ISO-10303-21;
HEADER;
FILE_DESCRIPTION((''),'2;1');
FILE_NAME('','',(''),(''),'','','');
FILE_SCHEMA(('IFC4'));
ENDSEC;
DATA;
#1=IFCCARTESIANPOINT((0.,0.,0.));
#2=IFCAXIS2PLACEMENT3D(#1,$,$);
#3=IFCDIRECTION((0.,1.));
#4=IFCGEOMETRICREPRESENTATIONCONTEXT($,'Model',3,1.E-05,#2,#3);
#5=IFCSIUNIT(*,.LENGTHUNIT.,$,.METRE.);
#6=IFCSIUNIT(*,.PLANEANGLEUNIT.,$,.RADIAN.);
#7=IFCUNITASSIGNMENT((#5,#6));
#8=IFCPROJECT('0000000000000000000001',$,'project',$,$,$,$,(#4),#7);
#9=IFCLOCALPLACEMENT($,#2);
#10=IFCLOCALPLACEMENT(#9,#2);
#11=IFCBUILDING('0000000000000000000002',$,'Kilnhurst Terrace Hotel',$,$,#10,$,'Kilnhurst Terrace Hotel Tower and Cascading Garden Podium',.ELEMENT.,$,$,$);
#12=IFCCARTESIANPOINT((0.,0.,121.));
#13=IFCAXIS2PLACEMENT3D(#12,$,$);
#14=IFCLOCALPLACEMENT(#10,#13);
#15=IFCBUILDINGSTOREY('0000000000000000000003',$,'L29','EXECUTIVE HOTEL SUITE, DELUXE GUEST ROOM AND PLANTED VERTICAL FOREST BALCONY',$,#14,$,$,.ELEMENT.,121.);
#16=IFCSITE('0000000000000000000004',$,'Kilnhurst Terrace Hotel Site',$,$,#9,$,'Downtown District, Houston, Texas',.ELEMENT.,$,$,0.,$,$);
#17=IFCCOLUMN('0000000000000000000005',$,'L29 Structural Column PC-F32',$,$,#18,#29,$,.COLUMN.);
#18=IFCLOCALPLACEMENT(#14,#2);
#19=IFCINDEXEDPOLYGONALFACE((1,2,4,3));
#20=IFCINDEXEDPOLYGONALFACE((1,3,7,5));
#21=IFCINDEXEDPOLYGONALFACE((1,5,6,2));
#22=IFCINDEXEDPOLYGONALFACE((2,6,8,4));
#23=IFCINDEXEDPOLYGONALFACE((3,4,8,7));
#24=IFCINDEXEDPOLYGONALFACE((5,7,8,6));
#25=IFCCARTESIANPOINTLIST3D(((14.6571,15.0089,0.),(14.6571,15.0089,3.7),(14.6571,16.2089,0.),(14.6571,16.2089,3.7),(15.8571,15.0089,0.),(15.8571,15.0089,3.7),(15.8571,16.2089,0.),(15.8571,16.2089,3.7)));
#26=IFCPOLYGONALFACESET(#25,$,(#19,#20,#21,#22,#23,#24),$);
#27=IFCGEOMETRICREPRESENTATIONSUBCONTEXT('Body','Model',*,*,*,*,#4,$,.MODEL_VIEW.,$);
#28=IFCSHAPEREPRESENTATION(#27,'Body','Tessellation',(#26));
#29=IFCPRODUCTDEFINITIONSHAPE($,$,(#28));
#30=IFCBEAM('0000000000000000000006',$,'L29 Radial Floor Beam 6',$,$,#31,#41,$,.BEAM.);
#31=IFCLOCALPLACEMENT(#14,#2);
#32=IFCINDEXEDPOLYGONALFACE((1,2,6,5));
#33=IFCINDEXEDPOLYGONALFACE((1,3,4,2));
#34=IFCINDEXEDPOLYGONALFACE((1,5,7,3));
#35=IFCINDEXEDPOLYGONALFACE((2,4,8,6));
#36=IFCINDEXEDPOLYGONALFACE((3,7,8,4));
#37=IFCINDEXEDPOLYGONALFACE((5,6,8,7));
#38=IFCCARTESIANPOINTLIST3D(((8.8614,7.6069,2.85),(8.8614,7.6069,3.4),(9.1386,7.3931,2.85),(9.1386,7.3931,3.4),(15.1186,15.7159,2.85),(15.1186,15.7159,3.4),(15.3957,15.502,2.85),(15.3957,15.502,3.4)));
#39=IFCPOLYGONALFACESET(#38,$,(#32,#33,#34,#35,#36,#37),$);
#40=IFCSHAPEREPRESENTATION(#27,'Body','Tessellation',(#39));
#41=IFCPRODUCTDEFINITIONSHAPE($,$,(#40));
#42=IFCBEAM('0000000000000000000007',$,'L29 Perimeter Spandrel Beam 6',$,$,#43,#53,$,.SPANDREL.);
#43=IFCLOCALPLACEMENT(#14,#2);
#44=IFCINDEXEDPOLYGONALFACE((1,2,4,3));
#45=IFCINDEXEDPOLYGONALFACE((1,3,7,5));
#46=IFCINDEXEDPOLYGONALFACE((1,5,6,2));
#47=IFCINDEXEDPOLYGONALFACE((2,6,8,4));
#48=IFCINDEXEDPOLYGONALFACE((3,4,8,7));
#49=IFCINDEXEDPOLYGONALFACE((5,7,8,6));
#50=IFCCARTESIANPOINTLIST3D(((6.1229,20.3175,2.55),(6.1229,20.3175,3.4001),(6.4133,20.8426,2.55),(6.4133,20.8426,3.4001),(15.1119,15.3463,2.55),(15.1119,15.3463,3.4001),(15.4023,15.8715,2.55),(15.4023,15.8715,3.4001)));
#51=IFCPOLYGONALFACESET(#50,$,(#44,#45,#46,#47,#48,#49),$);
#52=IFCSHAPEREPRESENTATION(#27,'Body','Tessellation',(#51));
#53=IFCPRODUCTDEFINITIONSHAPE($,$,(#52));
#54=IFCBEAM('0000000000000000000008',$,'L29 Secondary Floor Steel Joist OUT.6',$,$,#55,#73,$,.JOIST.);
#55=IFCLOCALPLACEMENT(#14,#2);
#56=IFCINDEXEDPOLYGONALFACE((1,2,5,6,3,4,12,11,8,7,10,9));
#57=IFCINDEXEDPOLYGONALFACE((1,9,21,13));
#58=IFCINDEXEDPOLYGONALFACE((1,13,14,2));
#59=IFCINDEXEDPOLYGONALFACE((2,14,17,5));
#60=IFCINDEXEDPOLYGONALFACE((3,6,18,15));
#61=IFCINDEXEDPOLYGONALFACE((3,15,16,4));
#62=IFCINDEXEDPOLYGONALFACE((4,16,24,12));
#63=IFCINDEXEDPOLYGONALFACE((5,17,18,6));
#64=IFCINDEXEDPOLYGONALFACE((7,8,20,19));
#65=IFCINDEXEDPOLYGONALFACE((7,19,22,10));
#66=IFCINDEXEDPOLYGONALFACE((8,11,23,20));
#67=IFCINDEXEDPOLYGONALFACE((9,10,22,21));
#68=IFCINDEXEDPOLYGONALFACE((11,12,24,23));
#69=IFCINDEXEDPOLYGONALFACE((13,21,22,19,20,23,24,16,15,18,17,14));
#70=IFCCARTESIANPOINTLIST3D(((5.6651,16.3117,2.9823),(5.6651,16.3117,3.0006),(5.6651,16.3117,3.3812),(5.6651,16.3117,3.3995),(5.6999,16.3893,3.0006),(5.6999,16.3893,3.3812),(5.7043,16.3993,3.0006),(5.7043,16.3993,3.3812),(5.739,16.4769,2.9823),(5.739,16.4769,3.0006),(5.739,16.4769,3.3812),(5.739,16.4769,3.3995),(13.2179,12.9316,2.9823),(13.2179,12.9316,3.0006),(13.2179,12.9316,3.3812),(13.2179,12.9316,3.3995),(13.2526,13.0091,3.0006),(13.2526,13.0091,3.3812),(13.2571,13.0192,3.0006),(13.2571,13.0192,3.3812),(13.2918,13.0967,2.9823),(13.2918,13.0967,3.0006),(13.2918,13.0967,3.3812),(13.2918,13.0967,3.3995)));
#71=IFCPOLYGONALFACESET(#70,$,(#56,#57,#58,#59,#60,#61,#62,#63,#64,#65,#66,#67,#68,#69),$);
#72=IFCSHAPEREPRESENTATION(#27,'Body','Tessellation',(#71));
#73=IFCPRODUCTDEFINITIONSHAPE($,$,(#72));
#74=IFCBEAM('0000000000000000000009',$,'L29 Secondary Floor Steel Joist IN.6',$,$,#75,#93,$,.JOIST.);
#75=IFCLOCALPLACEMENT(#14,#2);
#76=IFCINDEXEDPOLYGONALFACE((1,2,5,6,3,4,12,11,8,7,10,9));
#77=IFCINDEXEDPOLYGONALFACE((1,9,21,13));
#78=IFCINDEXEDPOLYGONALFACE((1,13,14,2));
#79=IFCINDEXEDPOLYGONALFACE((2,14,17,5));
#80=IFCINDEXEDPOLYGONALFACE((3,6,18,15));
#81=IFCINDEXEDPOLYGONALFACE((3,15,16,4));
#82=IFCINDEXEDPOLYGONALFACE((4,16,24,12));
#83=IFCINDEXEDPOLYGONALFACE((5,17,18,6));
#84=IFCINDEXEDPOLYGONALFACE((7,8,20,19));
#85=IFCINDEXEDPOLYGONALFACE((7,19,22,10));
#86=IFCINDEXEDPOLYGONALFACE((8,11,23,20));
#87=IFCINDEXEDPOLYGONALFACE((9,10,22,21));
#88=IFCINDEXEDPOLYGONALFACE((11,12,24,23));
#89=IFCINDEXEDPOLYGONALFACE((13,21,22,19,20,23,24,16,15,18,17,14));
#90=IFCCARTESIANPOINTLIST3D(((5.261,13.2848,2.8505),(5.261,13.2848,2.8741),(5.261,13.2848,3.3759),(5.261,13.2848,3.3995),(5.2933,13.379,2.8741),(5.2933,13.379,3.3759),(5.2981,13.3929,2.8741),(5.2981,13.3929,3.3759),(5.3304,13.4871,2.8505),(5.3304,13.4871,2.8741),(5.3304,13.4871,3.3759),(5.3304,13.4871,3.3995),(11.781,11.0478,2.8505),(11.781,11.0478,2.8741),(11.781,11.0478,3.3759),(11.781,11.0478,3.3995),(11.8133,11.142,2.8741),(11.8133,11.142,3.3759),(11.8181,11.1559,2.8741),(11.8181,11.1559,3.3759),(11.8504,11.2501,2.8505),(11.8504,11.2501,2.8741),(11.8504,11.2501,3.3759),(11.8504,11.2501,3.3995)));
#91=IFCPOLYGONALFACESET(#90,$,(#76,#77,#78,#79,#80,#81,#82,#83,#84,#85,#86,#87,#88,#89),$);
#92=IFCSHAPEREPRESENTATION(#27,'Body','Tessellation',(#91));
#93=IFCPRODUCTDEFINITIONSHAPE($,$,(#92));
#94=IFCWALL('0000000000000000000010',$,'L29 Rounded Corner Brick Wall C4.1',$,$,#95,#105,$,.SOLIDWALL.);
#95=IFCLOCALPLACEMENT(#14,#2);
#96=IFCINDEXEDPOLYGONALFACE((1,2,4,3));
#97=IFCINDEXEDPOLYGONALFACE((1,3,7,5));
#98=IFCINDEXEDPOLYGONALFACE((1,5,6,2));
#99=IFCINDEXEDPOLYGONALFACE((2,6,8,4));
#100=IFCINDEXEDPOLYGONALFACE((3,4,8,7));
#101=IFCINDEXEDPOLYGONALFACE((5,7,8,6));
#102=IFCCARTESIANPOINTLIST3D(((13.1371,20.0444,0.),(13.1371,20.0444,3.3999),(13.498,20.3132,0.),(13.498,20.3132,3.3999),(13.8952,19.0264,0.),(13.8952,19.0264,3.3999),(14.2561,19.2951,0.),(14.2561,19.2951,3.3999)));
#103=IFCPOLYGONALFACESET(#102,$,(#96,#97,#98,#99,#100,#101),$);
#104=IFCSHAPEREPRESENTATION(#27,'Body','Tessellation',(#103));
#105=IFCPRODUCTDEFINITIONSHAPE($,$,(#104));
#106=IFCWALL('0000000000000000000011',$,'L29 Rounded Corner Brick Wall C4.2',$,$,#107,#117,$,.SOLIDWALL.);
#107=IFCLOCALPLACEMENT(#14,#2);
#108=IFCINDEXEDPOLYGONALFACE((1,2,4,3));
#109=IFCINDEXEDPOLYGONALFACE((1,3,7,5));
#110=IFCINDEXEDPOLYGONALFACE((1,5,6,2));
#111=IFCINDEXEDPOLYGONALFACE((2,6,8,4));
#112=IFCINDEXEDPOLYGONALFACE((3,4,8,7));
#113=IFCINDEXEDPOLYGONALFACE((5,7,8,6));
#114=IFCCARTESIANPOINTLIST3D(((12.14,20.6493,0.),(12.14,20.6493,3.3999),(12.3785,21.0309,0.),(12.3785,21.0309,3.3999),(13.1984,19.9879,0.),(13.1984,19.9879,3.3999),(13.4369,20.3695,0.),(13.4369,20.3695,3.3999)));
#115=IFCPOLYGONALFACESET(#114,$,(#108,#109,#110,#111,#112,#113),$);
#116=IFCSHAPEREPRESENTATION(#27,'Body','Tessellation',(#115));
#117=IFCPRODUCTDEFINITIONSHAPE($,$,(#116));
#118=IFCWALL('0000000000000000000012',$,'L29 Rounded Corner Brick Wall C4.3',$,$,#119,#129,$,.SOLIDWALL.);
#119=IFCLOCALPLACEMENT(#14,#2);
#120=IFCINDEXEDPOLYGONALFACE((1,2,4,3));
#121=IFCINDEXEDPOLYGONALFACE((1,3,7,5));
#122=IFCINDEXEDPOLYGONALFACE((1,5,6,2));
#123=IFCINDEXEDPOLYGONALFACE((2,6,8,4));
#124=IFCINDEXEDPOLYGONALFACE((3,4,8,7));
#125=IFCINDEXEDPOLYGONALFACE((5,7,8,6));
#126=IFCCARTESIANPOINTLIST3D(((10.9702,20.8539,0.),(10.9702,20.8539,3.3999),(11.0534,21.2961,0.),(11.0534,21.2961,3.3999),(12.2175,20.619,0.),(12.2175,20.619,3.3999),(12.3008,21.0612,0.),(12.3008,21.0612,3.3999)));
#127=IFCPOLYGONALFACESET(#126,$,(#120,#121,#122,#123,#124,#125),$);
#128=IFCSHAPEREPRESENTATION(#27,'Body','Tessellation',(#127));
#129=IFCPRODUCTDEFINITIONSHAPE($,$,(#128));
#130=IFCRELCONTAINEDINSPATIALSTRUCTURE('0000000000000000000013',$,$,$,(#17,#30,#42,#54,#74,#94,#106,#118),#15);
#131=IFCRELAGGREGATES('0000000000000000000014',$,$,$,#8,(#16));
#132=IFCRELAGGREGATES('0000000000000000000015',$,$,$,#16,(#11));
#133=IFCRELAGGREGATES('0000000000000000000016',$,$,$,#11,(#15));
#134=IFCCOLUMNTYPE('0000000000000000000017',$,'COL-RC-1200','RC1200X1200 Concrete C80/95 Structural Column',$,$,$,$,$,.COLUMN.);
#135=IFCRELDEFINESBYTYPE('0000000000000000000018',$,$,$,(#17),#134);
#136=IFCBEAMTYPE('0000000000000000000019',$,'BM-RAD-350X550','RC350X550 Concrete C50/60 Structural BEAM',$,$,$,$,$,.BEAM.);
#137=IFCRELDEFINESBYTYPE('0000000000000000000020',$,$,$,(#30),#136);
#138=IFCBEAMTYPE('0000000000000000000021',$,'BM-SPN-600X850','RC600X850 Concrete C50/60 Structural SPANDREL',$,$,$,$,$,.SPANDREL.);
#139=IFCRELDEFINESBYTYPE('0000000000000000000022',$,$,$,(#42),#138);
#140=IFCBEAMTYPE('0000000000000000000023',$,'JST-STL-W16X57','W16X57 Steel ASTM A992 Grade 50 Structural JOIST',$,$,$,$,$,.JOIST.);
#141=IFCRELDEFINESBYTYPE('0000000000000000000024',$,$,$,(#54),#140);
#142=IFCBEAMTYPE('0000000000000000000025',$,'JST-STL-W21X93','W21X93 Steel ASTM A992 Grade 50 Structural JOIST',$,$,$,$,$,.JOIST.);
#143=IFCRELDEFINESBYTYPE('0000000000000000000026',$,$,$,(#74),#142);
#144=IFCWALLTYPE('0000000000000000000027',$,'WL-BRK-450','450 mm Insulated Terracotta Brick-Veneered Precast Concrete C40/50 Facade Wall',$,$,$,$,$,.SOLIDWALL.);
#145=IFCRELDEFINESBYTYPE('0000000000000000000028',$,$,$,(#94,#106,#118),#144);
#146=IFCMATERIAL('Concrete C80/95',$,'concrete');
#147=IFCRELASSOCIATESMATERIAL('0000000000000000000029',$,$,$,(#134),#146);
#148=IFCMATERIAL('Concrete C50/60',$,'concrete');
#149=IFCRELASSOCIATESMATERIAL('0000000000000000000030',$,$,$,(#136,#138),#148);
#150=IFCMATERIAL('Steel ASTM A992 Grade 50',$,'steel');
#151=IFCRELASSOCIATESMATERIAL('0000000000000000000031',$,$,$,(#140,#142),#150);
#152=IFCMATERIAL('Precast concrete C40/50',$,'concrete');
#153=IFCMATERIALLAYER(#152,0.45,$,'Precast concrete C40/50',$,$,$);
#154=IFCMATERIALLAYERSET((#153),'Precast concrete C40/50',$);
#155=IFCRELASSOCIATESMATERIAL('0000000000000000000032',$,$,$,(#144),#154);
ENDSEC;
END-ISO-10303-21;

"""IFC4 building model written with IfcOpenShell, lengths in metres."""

from ifc_helpers import new_model, si_unit, direction, frame, frame_2d, origin, origin_2d, place, context, subcontext, project, spatial, rectangle, i_section, extrude, material, layer, layer_set, material_profile, profile_set, type_object, element, save


model = new_model("IFC4")

# Units and contexts
model_context = context("Model", 3, precision=1e-05, world=origin(), true_north=direction((0.0, 1.0)))
body_context = subcontext(model_context, "Body", "Model", "MODEL_VIEW")
ifc_project = project(units=[si_unit("LENGTHUNIT", "METRE"), si_unit("PLANEANGLEUNIT", "RADIAN")], contexts=[model_context])

# Site, building, storey
site_placement = place(None, origin())
site = spatial("IfcSite", under=ifc_project, at=site_placement, Name="Kilnhurst Terrace Hotel Site", LongName="Downtown District, Houston, Texas", CompositionType="ELEMENT", RefElevation=0.0)
building_placement = place(site_placement, origin())
building = spatial("IfcBuilding", under=site, at=building_placement, Name="Kilnhurst Terrace Hotel", LongName="Kilnhurst Terrace Hotel Tower and Cascading Garden Podium", CompositionType="ELEMENT")
storey_placement = place(building_placement, frame((0.0, 0.0, 121.0)))
storey = spatial("IfcBuildingStorey", under=building, at=storey_placement, Name="L29", Description="EXECUTIVE HOTEL SUITE, DELUXE GUEST ROOM AND PLANTED VERTICAL FOREST BALCONY", CompositionType="ELEMENT", Elevation=121.0)

# Column
ifc_material_1 = material(Name="Concrete C80/95", Category="concrete")
ifc_material_profile_1 = material_profile(ifc_material_1, rectangle(XDim=1.2, YDim=1.2, at=origin_2d()), Name="RC1200X1200")
ifc_profile_set_1 = profile_set([ifc_material_profile_1], Name="Concrete C80/95")
column_type = type_object("IfcColumnType", Name="COL-RC-1200", Description="RC1200X1200 Concrete C80/95 Structural Column", PredefinedType="COLUMN", material=ifc_profile_set_1)
column_placement = place(storey_placement, frame((15.2571, 15.6089, 0.0), z_axis=(0.0, 0.0, 1.0), x_axis=(1.0, 0.0, 0.0)))
element("IfcColumn", 1, at=column_placement, inside=storey, type_object=column_type, Name="L29 Structural Column PC-F32", PredefinedType="COLUMN", context=body_context, shape_type="SweptSolid", body=[
    extrude(rectangle(XDim=1.2, YDim=1.2, at=origin_2d()), origin(), (0.0, 0.0, 1.0), 3.7),
])

# Beams
ifc_material_2 = material(Name="Concrete C50/60", Category="concrete")
ifc_material_profile_2 = material_profile(ifc_material_2, rectangle(XDim=0.3501, YDim=0.55, at=origin_2d()), Name="RC350X550")
ifc_profile_set_2 = profile_set([ifc_material_profile_2], Name="Concrete C50/60")
beam_type_1 = type_object("IfcBeamType", Name="BM-RAD-350X550", Description="RC350X550 Concrete C50/60 Structural BEAM", PredefinedType="BEAM", material=ifc_profile_set_2)
beam_1_placement = place(storey_placement, frame((9.0, 7.5, 3.125), z_axis=(0.610905, 0.791704, 0.0), x_axis=(-0.791704, 0.610905, 0.0)))
element("IfcBeam", 2, at=beam_1_placement, inside=storey, type_object=beam_type_1, Name="L29 Radial Floor Beam 6", PredefinedType="BEAM", context=body_context, shape_type="SweptSolid", body=[
    extrude(rectangle(XDim=0.3501, YDim=0.55, at=origin_2d()), origin(), (0.0, 0.0, 1.0), 10.2424),
])
ifc_material_profile_3 = material_profile(ifc_material_2, rectangle(XDim=0.6001, YDim=0.8501, at=origin_2d()), Name="RC600X850")
ifc_profile_set_3 = profile_set([ifc_material_profile_3], Name="Concrete C50/60")
beam_type_2 = type_object("IfcBeamType", Name="BM-SPN-600X850", Description="RC600X850 Concrete C50/60 Structural SPANDREL", PredefinedType="SPANDREL", material=ifc_profile_set_3)
beam_2_placement = place(storey_placement, frame((15.2571, 15.6089, 2.9751), z_axis=(-0.875094, 0.483953, 0.0), x_axis=(-0.483953, -0.875094, 0.0)))
element("IfcBeam", 3, at=beam_2_placement, inside=storey, type_object=beam_type_2, Name="L29 Perimeter Spandrel Beam 6", PredefinedType="SPANDREL", context=body_context, shape_type="SweptSolid", body=[
    extrude(rectangle(XDim=0.6001, YDim=0.8501, at=origin_2d()), origin(), (0.0, 0.0, 1.0), 10.272),
])
ifc_material_3 = material(Name="Steel ASTM A992 Grade 50", Category="steel")
ifc_material_profile_4 = material_profile(ifc_material_3, i_section(OverallWidth=0.1809, OverallDepth=0.4172, WebThickness=0.011, FlangeThickness=0.0183, at=origin_2d()), Name="W16X57")
ifc_profile_set_4 = profile_set([ifc_material_profile_4], Name="Steel ASTM A992 Grade 50")
beam_type_3 = type_object("IfcBeamType", Name="JST-STL-W16X57", Description="W16X57 Steel ASTM A992 Grade 50 Structural JOIST", PredefinedType="JOIST", material=ifc_profile_set_4)
beam_3_placement = place(storey_placement, frame((13.2549, 13.0142, 3.1909), z_axis=(-0.912761, 0.408494, 0.0), x_axis=(-0.408494, -0.912761, 0.0)))
element("IfcBeam", 4, at=beam_3_placement, inside=storey, type_object=beam_type_3, Name="L29 Secondary Floor Steel Joist OUT.6", PredefinedType="JOIST", context=body_context, shape_type="SweptSolid", body=[
    extrude(i_section(OverallWidth=0.1809, OverallDepth=0.4172, WebThickness=0.011, FlangeThickness=0.0183, at=origin_2d()), origin(), (0.0, 0.0, 1.0), 8.2747),
])
ifc_material_profile_5 = material_profile(ifc_material_3, i_section(OverallWidth=0.2139, OverallDepth=0.5491, WebThickness=0.0146, FlangeThickness=0.0237, at=origin_2d()), Name="W21X93")
ifc_profile_set_5 = profile_set([ifc_material_profile_5], Name="Steel ASTM A992 Grade 50")
beam_type_4 = type_object("IfcBeamType", Name="JST-STL-W21X93", Description="W21X93 Steel ASTM A992 Grade 50 Structural JOIST", PredefinedType="JOIST", material=ifc_profile_set_5)
beam_4_placement = place(storey_placement, frame((11.8157, 11.1489, 3.125), z_axis=(-0.945874, 0.324535, 0.0), x_axis=(-0.324535, -0.945874, 0.0)))
element("IfcBeam", 5, at=beam_4_placement, inside=storey, type_object=beam_type_4, Name="L29 Secondary Floor Steel Joist IN.6", PredefinedType="JOIST", context=body_context, shape_type="SweptSolid", body=[
    extrude(i_section(OverallWidth=0.2139, OverallDepth=0.5491, WebThickness=0.0146, FlangeThickness=0.0237, at=origin_2d()), origin(), (0.0, 0.0, 1.0), 6.8931),
])

# Walls
ifc_material_4 = material(Name="Precast concrete C40/50", Category="concrete")
ifc_layer_1 = layer(ifc_material_4, 0.45, Name="Precast concrete C40/50")
ifc_layer_set_1 = layer_set([ifc_layer_1], Name="Precast concrete C40/50")
wall_type_1 = type_object("IfcWallType", Name="WL-BRK-450", Description="450 mm Insulated Terracotta Brick-Veneered Precast Concrete C40/50 Facade Wall", PredefinedType="SOLIDWALL", material=ifc_layer_set_1)
wall_1_placement = place(storey_placement, frame((14.0757, 19.1606, 0.0), z_axis=(0.0, 0.0, 1.0), x_axis=(-0.597227, 0.802073, 0.0)))
element("IfcWall", 6, at=wall_1_placement, inside=storey, type_object=wall_type_1, Name="L29 Rounded Corner Brick Wall C4.1", PredefinedType="SOLIDWALL", context=body_context, shape_type="SweptSolid", body=[
    extrude(rectangle(XDim=1.2693, YDim=0.45, at=frame_2d((0.6348, 0.0))), origin(), (0.0, 0.0, 1.0), 3.3999),
])
wall_2_placement = place(storey_placement, frame((13.3176, 20.1787, 0.0), z_axis=(0.0, 0.0, 1.0), x_axis=(-0.848031, 0.529946, 0.0)))
element("IfcWall", 7, at=wall_2_placement, inside=storey, type_object=wall_type_1, Name="L29 Rounded Corner Brick Wall C4.2", PredefinedType="SOLIDWALL", context=body_context, shape_type="SweptSolid", body=[
    extrude(rectangle(XDim=1.248, YDim=0.45, at=frame_2d((0.624, 0.0))), origin(), (0.0, 0.0, 1.0), 3.3999),
])
wall_3_placement = place(storey_placement, frame((12.2593, 20.8401, 0.0), z_axis=(0.0, 0.0, 1.0), x_axis=(-0.98273, 0.185043, 0.0)))
element("IfcWall", 8, at=wall_3_placement, inside=storey, type_object=wall_type_1, Name="L29 Rounded Corner Brick Wall C4.3", PredefinedType="SOLIDWALL", context=body_context, shape_type="SweptSolid", body=[
    extrude(rectangle(XDim=1.2693, YDim=0.45, at=frame_2d((0.6348, 0.0))), origin(), (0.0, 0.0, 1.0), 3.3999),
])

save(model, "model.ifc")
